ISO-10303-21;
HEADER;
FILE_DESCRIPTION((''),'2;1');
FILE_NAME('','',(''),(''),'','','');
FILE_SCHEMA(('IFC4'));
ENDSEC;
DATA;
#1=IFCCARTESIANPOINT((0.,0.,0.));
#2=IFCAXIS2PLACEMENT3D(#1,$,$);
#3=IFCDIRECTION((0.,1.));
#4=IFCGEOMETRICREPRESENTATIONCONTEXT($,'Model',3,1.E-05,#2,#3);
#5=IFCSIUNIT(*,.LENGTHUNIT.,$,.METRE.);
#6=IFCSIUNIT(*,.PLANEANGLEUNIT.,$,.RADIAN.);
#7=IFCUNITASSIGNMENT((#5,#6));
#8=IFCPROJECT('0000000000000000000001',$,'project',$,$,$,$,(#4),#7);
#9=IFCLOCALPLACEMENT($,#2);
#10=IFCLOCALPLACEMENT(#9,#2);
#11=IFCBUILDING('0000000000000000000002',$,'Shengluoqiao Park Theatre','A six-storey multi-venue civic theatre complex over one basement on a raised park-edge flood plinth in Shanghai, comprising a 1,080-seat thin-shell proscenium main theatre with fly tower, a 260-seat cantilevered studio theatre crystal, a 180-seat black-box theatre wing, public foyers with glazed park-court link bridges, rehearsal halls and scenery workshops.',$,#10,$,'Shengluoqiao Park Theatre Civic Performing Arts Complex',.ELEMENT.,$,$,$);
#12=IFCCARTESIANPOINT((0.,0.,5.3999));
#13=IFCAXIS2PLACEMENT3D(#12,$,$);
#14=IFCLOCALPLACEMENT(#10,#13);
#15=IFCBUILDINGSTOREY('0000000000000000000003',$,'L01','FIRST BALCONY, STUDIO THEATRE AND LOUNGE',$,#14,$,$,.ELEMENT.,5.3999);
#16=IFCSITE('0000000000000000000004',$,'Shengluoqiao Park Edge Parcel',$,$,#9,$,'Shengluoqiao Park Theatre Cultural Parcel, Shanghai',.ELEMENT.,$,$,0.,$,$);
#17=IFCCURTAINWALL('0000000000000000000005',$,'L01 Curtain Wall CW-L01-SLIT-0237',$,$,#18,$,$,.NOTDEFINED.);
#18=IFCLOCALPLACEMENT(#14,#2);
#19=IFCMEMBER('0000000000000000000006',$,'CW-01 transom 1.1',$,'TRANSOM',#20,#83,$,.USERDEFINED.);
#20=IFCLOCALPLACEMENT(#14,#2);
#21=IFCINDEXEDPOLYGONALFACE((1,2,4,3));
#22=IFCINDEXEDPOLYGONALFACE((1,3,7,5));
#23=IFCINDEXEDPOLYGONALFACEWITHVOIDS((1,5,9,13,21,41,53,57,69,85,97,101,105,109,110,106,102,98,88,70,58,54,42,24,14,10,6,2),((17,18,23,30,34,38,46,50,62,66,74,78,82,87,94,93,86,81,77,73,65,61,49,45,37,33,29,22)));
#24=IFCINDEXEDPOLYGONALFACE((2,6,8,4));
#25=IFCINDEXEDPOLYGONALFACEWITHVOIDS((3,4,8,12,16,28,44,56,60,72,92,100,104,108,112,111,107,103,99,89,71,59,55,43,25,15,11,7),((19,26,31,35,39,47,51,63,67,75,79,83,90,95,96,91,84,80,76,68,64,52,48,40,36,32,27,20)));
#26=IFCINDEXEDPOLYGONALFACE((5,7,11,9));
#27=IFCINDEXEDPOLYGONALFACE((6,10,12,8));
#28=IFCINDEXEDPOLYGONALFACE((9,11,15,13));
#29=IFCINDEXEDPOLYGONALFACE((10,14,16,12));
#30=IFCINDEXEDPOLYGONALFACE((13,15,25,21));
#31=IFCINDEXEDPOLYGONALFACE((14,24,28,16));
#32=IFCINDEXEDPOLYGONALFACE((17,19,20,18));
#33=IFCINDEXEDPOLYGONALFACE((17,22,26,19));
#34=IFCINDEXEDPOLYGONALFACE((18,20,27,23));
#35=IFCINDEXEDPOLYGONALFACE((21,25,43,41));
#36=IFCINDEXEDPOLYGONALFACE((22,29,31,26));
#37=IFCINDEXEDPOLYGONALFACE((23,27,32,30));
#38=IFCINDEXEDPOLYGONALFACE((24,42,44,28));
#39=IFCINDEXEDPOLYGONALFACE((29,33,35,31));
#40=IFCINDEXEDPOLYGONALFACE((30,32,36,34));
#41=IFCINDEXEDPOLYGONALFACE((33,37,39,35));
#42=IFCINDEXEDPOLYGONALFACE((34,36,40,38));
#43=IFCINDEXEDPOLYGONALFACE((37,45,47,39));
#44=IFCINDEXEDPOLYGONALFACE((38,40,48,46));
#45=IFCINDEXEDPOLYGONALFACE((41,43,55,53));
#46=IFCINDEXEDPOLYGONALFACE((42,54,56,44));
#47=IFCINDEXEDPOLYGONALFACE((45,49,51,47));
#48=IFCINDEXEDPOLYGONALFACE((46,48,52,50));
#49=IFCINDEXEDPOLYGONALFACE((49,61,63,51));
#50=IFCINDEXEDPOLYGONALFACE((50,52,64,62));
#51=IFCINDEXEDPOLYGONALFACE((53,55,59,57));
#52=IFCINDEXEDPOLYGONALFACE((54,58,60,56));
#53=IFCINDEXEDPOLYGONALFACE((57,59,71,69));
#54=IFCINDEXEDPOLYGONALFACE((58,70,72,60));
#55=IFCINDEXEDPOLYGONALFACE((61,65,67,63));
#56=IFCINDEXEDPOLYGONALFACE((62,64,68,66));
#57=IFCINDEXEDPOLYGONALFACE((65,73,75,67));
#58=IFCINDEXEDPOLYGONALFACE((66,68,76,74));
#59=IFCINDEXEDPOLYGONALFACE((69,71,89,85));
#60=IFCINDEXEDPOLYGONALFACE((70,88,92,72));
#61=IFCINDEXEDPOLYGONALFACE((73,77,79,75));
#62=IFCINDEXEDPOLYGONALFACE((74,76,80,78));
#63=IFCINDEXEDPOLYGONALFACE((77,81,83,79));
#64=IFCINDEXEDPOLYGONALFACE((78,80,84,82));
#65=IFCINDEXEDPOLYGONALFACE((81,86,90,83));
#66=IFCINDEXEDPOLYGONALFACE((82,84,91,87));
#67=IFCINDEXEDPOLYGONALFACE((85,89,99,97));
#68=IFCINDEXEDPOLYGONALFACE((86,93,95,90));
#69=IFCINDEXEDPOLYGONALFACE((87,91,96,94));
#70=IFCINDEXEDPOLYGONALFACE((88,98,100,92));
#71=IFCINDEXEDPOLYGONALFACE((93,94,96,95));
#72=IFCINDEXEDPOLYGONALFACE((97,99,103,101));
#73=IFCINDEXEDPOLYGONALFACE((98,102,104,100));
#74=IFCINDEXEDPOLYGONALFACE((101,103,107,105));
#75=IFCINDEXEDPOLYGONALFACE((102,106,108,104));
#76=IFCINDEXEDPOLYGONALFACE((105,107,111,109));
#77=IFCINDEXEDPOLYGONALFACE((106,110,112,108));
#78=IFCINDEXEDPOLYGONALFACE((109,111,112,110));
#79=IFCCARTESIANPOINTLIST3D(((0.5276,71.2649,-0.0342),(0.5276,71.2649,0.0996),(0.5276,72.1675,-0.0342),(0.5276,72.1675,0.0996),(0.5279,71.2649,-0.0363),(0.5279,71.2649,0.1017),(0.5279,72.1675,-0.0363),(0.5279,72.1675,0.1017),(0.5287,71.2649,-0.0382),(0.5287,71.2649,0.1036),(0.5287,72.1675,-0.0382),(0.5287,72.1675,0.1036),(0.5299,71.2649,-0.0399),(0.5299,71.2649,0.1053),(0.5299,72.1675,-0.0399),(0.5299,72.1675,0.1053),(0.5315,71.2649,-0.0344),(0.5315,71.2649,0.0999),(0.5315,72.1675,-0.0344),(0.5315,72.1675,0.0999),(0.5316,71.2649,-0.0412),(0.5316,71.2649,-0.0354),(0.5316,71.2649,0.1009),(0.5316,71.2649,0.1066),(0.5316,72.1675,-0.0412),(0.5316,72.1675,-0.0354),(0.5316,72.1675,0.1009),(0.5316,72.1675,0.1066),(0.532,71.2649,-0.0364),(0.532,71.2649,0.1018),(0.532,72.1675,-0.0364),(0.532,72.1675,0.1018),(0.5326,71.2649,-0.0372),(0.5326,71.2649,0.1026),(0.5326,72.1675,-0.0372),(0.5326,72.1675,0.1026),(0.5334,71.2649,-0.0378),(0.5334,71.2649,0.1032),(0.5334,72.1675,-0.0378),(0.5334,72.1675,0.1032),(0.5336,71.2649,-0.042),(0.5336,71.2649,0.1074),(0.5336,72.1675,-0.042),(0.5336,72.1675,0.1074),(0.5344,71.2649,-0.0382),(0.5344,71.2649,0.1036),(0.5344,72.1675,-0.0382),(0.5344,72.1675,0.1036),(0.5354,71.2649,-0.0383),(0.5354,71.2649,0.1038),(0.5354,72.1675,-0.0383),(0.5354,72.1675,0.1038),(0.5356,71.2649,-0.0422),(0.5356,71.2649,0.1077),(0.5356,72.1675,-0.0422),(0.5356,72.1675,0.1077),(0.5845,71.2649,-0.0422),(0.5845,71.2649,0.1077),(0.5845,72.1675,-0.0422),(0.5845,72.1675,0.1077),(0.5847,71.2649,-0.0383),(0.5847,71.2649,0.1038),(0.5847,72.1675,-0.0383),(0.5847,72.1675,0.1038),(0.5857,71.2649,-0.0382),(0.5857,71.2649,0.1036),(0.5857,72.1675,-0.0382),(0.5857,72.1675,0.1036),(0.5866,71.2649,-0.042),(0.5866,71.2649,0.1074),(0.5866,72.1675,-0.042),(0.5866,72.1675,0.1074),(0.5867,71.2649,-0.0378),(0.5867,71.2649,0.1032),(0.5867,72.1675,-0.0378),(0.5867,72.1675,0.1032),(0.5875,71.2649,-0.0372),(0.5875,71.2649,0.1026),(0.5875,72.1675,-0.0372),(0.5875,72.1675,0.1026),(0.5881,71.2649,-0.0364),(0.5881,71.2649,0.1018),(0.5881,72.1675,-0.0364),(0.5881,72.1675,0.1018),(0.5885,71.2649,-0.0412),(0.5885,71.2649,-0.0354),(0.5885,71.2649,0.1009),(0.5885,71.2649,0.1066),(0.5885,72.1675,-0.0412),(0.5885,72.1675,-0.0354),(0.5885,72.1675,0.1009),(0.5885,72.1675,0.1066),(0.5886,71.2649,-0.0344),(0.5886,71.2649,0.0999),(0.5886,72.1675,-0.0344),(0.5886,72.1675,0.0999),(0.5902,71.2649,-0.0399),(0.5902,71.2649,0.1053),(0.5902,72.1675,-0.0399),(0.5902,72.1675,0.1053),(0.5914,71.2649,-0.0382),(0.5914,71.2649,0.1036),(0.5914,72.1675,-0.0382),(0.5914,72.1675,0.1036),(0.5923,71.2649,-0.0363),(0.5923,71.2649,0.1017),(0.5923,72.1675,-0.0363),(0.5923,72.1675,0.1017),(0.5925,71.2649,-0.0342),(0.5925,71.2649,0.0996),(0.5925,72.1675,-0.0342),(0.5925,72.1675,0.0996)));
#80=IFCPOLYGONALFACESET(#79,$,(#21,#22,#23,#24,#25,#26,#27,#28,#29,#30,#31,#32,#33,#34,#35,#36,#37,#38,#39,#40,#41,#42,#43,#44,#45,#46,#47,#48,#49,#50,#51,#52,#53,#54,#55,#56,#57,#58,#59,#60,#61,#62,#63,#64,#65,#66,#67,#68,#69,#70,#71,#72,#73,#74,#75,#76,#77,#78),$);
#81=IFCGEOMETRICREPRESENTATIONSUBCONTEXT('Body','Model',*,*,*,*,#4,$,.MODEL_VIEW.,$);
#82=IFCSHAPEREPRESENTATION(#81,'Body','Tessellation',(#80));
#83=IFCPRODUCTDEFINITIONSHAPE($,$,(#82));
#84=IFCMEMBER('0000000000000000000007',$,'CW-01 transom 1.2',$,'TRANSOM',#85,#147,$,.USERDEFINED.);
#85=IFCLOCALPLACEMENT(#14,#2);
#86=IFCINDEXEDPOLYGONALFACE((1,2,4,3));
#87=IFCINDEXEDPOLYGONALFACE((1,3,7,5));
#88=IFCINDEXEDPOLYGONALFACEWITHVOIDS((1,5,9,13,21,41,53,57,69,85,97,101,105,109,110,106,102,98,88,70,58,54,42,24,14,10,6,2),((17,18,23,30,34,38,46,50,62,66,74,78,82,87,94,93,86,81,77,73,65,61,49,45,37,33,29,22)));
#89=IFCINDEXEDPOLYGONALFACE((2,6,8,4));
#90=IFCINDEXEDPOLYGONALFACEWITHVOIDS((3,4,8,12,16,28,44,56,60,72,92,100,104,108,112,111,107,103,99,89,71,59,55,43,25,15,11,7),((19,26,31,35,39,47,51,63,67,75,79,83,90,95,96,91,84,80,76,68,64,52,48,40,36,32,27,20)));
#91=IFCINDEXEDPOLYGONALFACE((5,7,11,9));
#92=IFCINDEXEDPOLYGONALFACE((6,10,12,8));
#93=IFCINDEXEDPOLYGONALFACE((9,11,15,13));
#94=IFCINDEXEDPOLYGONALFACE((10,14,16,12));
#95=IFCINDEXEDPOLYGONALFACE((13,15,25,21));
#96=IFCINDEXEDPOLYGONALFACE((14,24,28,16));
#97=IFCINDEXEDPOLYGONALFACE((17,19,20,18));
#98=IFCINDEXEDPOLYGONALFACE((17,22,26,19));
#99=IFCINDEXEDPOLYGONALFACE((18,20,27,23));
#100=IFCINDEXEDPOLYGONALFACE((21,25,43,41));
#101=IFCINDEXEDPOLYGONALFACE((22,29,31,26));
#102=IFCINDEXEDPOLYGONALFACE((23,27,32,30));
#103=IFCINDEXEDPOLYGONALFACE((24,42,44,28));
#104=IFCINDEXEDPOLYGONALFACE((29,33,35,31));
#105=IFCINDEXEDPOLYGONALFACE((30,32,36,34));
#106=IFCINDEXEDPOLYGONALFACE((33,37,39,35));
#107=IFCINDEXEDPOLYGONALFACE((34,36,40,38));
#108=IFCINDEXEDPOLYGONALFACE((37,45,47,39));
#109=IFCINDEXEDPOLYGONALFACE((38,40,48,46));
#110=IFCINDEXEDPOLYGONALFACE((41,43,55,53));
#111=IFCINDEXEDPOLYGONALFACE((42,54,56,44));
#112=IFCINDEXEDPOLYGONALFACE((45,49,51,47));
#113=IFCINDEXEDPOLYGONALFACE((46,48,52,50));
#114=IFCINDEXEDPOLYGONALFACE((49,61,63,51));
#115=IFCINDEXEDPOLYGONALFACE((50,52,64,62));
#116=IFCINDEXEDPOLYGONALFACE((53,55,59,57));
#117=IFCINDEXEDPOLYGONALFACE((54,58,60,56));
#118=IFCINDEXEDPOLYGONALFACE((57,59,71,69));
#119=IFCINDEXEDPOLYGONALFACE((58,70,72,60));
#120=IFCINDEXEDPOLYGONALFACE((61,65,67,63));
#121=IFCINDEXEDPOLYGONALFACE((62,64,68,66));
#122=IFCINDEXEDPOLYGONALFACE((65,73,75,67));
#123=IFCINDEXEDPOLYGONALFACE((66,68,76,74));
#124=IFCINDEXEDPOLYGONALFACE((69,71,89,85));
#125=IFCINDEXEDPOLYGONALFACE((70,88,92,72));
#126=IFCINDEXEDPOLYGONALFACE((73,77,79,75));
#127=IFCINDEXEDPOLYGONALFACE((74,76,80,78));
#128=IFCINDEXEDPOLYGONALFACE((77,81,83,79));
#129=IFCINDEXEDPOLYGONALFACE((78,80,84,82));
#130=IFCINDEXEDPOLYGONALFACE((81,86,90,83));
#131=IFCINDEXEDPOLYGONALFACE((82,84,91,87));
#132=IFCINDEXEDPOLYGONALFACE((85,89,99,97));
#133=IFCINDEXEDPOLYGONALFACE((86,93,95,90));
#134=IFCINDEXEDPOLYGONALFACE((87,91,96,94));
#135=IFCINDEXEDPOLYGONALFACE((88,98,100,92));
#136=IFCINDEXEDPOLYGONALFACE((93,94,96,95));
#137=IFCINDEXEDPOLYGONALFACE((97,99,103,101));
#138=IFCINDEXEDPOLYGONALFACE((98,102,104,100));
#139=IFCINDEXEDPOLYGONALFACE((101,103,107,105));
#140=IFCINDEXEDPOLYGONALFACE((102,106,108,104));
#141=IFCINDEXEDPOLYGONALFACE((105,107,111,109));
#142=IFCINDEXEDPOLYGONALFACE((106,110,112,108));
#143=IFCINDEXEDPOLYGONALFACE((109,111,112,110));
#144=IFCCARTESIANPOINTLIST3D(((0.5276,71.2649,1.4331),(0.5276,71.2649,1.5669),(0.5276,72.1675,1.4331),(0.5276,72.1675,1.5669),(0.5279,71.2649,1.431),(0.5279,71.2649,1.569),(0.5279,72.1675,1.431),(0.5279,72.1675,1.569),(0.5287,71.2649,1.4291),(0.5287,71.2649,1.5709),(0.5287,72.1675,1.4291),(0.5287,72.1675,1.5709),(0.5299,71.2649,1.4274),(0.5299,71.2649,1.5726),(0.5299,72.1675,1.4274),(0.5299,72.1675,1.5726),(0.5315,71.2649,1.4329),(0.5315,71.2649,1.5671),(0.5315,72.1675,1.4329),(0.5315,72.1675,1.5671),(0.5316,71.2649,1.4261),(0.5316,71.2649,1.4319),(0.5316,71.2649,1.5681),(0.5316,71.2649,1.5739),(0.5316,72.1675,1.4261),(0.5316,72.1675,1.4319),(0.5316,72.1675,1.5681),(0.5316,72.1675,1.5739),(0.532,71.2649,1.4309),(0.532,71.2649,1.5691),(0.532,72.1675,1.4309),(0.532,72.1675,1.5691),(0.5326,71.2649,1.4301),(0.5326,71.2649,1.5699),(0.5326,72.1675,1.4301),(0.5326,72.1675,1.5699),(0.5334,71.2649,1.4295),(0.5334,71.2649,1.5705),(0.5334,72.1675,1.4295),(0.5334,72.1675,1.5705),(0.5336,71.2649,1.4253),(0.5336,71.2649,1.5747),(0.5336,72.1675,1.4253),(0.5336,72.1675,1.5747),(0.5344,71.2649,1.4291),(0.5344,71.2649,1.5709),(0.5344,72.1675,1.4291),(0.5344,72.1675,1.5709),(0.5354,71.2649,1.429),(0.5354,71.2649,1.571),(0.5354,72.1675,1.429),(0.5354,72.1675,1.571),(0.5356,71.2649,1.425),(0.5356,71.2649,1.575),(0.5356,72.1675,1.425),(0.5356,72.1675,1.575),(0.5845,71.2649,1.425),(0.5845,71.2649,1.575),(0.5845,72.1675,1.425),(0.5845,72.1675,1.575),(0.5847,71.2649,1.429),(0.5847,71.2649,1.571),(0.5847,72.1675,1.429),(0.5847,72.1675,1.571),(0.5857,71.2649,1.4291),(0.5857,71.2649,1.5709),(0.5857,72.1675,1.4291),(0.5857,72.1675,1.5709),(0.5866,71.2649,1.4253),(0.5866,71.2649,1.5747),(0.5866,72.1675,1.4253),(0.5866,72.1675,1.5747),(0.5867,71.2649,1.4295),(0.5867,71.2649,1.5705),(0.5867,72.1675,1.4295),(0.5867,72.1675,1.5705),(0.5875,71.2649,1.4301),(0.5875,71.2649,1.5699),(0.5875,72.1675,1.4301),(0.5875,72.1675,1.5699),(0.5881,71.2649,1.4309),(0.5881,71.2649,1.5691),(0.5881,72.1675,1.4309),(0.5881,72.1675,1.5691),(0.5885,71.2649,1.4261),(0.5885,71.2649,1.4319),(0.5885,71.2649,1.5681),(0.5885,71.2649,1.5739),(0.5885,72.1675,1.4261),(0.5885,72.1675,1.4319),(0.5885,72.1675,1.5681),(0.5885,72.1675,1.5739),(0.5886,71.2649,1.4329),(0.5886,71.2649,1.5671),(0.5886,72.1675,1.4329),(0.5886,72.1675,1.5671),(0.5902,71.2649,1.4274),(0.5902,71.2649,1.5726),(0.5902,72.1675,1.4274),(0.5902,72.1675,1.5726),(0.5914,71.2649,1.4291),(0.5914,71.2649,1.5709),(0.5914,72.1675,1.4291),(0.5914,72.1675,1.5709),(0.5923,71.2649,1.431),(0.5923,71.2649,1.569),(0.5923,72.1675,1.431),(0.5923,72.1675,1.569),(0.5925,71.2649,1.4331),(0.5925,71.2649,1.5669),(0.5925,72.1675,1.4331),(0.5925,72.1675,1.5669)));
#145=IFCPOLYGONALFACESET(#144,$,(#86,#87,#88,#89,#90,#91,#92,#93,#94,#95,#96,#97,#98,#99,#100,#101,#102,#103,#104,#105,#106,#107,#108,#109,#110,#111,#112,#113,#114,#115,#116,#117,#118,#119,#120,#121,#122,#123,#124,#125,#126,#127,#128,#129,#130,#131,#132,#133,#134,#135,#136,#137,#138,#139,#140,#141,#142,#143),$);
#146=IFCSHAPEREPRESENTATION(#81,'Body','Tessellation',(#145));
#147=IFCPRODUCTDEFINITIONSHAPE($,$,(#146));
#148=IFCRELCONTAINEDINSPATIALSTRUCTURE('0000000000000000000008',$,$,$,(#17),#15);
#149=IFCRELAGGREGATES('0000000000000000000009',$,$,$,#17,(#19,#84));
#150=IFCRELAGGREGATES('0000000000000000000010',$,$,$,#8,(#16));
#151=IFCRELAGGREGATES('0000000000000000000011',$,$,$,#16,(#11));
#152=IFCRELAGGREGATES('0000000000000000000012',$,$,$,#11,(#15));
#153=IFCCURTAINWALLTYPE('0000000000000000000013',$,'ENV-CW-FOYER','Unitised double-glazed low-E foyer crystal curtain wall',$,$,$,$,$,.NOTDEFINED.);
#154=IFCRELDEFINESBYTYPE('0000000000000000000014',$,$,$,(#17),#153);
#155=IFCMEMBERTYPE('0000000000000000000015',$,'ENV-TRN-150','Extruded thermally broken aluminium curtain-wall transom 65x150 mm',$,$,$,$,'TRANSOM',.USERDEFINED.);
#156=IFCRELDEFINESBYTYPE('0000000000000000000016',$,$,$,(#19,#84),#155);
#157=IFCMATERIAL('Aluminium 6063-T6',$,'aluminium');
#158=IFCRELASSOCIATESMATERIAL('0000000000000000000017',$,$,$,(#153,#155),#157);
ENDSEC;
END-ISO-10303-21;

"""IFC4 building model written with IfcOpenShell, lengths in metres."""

from ifc_helpers import new_model, si_unit, direction, frame, origin, origin_2d, place, context, subcontext, project, spatial, hollow_rectangle, extrude, material, material_profile, profile_set, type_object, element, aggregate, save


model = new_model("IFC4")

# Units and contexts
model_context = context("Model", 3, precision=1e-05, world=origin(), true_north=direction((0.0, 1.0)))
body_context = subcontext(model_context, "Body", "Model", "MODEL_VIEW")
ifc_project = project(units=[si_unit("LENGTHUNIT", "METRE"), si_unit("PLANEANGLEUNIT", "RADIAN")], contexts=[model_context])

# Site, building, storey
site_placement = place(None, origin())
site = spatial("IfcSite", under=ifc_project, at=site_placement, Name="Shengluoqiao Park Edge Parcel", LongName="Shengluoqiao Park Theatre Cultural Parcel, Shanghai", CompositionType="ELEMENT", RefElevation=0.0)
building_placement = place(site_placement, origin())
building = spatial("IfcBuilding", under=site, at=building_placement, Name="Shengluoqiao Park Theatre", Description="A six-storey multi-venue civic theatre complex over one basement on a raised park-edge flood plinth in Shanghai, comprising a 1,080-seat thin-shell proscenium main theatre with fly tower, a 260-seat cantilevered studio theatre crystal, a 180-seat black-box theatre wing, public foyers with glazed park-court link bridges, rehearsal halls and scenery workshops.", LongName="Shengluoqiao Park Theatre Civic Performing Arts Complex", CompositionType="ELEMENT")
storey_placement = place(building_placement, frame((0.0, 0.0, 5.3999)))
storey = spatial("IfcBuildingStorey", under=building, at=storey_placement, Name="L01", Description="FIRST BALCONY, STUDIO THEATRE AND LOUNGE", CompositionType="ELEMENT", Elevation=5.3999)

# Curtain wall, members
ifc_material_1 = material(Name="Aluminium 6063-T6", Category="aluminium")
curtain_wall_type = type_object("IfcCurtainWallType", Name="ENV-CW-FOYER", Description="Unitised double-glazed low-E foyer crystal curtain wall", PredefinedType="NOTDEFINED", material=ifc_material_1)
curtain_wall_placement = place(storey_placement, origin())
curtain_wall = element("IfcCurtainWall", 1, at=curtain_wall_placement, inside=storey, type_object=curtain_wall_type, Name="L01 Curtain Wall CW-L01-SLIT-0237", PredefinedType="NOTDEFINED")
ifc_material_profile_1 = material_profile(ifc_material_1, hollow_rectangle(XDim=0.0649, YDim=0.1499, WallThickness=0.0039, InnerFilletRadius=0.0039, OuterFilletRadius=0.0081, at=origin_2d()), Name="ALU TRANSOM 150x65x4")
ifc_profile_set_1 = profile_set([ifc_material_profile_1], Name="Aluminium 6063-T6")
member_type_1 = type_object("IfcMemberType", Name="ENV-TRN-150", Description="Extruded thermally broken aluminium curtain-wall transom 65x150 mm", ElementType="TRANSOM", PredefinedType="USERDEFINED", material=ifc_profile_set_1)
member_1_placement = place(storey_placement, frame((0.5601, 71.2649, 0.0327), z_axis=(0.0, 1.0, 0.0), x_axis=(-1.0, 0.0, 0.0)))
member_1 = element("IfcMember", 2, at=member_1_placement, type_object=member_type_1, Name="CW-01 transom 1.1", ObjectType="TRANSOM", PredefinedType="USERDEFINED", context=body_context, shape_type="SweptSolid", body=[
    extrude(hollow_rectangle(XDim=0.0649, YDim=0.1499, WallThickness=0.0039, InnerFilletRadius=0.0039, OuterFilletRadius=0.0081, at=origin_2d()), origin(), (0.0, 0.0, 1.0), 0.9026),
])
member_2_placement = place(storey_placement, frame((0.5601, 71.2649, 1.5), z_axis=(0.0, 1.0, 0.0), x_axis=(-1.0, 0.0, 0.0)))
member_2 = element("IfcMember", 3, at=member_2_placement, type_object=member_type_1, Name="CW-01 transom 1.2", ObjectType="TRANSOM", PredefinedType="USERDEFINED", context=body_context, shape_type="SweptSolid", body=[
    extrude(hollow_rectangle(XDim=0.0649, YDim=0.1499, WallThickness=0.0039, InnerFilletRadius=0.0039, OuterFilletRadius=0.0081, at=origin_2d()), origin(), (0.0, 0.0, 1.0), 0.9026),
])

aggregate(curtain_wall, [member_1, member_2])

save(model, "model.ifc")
